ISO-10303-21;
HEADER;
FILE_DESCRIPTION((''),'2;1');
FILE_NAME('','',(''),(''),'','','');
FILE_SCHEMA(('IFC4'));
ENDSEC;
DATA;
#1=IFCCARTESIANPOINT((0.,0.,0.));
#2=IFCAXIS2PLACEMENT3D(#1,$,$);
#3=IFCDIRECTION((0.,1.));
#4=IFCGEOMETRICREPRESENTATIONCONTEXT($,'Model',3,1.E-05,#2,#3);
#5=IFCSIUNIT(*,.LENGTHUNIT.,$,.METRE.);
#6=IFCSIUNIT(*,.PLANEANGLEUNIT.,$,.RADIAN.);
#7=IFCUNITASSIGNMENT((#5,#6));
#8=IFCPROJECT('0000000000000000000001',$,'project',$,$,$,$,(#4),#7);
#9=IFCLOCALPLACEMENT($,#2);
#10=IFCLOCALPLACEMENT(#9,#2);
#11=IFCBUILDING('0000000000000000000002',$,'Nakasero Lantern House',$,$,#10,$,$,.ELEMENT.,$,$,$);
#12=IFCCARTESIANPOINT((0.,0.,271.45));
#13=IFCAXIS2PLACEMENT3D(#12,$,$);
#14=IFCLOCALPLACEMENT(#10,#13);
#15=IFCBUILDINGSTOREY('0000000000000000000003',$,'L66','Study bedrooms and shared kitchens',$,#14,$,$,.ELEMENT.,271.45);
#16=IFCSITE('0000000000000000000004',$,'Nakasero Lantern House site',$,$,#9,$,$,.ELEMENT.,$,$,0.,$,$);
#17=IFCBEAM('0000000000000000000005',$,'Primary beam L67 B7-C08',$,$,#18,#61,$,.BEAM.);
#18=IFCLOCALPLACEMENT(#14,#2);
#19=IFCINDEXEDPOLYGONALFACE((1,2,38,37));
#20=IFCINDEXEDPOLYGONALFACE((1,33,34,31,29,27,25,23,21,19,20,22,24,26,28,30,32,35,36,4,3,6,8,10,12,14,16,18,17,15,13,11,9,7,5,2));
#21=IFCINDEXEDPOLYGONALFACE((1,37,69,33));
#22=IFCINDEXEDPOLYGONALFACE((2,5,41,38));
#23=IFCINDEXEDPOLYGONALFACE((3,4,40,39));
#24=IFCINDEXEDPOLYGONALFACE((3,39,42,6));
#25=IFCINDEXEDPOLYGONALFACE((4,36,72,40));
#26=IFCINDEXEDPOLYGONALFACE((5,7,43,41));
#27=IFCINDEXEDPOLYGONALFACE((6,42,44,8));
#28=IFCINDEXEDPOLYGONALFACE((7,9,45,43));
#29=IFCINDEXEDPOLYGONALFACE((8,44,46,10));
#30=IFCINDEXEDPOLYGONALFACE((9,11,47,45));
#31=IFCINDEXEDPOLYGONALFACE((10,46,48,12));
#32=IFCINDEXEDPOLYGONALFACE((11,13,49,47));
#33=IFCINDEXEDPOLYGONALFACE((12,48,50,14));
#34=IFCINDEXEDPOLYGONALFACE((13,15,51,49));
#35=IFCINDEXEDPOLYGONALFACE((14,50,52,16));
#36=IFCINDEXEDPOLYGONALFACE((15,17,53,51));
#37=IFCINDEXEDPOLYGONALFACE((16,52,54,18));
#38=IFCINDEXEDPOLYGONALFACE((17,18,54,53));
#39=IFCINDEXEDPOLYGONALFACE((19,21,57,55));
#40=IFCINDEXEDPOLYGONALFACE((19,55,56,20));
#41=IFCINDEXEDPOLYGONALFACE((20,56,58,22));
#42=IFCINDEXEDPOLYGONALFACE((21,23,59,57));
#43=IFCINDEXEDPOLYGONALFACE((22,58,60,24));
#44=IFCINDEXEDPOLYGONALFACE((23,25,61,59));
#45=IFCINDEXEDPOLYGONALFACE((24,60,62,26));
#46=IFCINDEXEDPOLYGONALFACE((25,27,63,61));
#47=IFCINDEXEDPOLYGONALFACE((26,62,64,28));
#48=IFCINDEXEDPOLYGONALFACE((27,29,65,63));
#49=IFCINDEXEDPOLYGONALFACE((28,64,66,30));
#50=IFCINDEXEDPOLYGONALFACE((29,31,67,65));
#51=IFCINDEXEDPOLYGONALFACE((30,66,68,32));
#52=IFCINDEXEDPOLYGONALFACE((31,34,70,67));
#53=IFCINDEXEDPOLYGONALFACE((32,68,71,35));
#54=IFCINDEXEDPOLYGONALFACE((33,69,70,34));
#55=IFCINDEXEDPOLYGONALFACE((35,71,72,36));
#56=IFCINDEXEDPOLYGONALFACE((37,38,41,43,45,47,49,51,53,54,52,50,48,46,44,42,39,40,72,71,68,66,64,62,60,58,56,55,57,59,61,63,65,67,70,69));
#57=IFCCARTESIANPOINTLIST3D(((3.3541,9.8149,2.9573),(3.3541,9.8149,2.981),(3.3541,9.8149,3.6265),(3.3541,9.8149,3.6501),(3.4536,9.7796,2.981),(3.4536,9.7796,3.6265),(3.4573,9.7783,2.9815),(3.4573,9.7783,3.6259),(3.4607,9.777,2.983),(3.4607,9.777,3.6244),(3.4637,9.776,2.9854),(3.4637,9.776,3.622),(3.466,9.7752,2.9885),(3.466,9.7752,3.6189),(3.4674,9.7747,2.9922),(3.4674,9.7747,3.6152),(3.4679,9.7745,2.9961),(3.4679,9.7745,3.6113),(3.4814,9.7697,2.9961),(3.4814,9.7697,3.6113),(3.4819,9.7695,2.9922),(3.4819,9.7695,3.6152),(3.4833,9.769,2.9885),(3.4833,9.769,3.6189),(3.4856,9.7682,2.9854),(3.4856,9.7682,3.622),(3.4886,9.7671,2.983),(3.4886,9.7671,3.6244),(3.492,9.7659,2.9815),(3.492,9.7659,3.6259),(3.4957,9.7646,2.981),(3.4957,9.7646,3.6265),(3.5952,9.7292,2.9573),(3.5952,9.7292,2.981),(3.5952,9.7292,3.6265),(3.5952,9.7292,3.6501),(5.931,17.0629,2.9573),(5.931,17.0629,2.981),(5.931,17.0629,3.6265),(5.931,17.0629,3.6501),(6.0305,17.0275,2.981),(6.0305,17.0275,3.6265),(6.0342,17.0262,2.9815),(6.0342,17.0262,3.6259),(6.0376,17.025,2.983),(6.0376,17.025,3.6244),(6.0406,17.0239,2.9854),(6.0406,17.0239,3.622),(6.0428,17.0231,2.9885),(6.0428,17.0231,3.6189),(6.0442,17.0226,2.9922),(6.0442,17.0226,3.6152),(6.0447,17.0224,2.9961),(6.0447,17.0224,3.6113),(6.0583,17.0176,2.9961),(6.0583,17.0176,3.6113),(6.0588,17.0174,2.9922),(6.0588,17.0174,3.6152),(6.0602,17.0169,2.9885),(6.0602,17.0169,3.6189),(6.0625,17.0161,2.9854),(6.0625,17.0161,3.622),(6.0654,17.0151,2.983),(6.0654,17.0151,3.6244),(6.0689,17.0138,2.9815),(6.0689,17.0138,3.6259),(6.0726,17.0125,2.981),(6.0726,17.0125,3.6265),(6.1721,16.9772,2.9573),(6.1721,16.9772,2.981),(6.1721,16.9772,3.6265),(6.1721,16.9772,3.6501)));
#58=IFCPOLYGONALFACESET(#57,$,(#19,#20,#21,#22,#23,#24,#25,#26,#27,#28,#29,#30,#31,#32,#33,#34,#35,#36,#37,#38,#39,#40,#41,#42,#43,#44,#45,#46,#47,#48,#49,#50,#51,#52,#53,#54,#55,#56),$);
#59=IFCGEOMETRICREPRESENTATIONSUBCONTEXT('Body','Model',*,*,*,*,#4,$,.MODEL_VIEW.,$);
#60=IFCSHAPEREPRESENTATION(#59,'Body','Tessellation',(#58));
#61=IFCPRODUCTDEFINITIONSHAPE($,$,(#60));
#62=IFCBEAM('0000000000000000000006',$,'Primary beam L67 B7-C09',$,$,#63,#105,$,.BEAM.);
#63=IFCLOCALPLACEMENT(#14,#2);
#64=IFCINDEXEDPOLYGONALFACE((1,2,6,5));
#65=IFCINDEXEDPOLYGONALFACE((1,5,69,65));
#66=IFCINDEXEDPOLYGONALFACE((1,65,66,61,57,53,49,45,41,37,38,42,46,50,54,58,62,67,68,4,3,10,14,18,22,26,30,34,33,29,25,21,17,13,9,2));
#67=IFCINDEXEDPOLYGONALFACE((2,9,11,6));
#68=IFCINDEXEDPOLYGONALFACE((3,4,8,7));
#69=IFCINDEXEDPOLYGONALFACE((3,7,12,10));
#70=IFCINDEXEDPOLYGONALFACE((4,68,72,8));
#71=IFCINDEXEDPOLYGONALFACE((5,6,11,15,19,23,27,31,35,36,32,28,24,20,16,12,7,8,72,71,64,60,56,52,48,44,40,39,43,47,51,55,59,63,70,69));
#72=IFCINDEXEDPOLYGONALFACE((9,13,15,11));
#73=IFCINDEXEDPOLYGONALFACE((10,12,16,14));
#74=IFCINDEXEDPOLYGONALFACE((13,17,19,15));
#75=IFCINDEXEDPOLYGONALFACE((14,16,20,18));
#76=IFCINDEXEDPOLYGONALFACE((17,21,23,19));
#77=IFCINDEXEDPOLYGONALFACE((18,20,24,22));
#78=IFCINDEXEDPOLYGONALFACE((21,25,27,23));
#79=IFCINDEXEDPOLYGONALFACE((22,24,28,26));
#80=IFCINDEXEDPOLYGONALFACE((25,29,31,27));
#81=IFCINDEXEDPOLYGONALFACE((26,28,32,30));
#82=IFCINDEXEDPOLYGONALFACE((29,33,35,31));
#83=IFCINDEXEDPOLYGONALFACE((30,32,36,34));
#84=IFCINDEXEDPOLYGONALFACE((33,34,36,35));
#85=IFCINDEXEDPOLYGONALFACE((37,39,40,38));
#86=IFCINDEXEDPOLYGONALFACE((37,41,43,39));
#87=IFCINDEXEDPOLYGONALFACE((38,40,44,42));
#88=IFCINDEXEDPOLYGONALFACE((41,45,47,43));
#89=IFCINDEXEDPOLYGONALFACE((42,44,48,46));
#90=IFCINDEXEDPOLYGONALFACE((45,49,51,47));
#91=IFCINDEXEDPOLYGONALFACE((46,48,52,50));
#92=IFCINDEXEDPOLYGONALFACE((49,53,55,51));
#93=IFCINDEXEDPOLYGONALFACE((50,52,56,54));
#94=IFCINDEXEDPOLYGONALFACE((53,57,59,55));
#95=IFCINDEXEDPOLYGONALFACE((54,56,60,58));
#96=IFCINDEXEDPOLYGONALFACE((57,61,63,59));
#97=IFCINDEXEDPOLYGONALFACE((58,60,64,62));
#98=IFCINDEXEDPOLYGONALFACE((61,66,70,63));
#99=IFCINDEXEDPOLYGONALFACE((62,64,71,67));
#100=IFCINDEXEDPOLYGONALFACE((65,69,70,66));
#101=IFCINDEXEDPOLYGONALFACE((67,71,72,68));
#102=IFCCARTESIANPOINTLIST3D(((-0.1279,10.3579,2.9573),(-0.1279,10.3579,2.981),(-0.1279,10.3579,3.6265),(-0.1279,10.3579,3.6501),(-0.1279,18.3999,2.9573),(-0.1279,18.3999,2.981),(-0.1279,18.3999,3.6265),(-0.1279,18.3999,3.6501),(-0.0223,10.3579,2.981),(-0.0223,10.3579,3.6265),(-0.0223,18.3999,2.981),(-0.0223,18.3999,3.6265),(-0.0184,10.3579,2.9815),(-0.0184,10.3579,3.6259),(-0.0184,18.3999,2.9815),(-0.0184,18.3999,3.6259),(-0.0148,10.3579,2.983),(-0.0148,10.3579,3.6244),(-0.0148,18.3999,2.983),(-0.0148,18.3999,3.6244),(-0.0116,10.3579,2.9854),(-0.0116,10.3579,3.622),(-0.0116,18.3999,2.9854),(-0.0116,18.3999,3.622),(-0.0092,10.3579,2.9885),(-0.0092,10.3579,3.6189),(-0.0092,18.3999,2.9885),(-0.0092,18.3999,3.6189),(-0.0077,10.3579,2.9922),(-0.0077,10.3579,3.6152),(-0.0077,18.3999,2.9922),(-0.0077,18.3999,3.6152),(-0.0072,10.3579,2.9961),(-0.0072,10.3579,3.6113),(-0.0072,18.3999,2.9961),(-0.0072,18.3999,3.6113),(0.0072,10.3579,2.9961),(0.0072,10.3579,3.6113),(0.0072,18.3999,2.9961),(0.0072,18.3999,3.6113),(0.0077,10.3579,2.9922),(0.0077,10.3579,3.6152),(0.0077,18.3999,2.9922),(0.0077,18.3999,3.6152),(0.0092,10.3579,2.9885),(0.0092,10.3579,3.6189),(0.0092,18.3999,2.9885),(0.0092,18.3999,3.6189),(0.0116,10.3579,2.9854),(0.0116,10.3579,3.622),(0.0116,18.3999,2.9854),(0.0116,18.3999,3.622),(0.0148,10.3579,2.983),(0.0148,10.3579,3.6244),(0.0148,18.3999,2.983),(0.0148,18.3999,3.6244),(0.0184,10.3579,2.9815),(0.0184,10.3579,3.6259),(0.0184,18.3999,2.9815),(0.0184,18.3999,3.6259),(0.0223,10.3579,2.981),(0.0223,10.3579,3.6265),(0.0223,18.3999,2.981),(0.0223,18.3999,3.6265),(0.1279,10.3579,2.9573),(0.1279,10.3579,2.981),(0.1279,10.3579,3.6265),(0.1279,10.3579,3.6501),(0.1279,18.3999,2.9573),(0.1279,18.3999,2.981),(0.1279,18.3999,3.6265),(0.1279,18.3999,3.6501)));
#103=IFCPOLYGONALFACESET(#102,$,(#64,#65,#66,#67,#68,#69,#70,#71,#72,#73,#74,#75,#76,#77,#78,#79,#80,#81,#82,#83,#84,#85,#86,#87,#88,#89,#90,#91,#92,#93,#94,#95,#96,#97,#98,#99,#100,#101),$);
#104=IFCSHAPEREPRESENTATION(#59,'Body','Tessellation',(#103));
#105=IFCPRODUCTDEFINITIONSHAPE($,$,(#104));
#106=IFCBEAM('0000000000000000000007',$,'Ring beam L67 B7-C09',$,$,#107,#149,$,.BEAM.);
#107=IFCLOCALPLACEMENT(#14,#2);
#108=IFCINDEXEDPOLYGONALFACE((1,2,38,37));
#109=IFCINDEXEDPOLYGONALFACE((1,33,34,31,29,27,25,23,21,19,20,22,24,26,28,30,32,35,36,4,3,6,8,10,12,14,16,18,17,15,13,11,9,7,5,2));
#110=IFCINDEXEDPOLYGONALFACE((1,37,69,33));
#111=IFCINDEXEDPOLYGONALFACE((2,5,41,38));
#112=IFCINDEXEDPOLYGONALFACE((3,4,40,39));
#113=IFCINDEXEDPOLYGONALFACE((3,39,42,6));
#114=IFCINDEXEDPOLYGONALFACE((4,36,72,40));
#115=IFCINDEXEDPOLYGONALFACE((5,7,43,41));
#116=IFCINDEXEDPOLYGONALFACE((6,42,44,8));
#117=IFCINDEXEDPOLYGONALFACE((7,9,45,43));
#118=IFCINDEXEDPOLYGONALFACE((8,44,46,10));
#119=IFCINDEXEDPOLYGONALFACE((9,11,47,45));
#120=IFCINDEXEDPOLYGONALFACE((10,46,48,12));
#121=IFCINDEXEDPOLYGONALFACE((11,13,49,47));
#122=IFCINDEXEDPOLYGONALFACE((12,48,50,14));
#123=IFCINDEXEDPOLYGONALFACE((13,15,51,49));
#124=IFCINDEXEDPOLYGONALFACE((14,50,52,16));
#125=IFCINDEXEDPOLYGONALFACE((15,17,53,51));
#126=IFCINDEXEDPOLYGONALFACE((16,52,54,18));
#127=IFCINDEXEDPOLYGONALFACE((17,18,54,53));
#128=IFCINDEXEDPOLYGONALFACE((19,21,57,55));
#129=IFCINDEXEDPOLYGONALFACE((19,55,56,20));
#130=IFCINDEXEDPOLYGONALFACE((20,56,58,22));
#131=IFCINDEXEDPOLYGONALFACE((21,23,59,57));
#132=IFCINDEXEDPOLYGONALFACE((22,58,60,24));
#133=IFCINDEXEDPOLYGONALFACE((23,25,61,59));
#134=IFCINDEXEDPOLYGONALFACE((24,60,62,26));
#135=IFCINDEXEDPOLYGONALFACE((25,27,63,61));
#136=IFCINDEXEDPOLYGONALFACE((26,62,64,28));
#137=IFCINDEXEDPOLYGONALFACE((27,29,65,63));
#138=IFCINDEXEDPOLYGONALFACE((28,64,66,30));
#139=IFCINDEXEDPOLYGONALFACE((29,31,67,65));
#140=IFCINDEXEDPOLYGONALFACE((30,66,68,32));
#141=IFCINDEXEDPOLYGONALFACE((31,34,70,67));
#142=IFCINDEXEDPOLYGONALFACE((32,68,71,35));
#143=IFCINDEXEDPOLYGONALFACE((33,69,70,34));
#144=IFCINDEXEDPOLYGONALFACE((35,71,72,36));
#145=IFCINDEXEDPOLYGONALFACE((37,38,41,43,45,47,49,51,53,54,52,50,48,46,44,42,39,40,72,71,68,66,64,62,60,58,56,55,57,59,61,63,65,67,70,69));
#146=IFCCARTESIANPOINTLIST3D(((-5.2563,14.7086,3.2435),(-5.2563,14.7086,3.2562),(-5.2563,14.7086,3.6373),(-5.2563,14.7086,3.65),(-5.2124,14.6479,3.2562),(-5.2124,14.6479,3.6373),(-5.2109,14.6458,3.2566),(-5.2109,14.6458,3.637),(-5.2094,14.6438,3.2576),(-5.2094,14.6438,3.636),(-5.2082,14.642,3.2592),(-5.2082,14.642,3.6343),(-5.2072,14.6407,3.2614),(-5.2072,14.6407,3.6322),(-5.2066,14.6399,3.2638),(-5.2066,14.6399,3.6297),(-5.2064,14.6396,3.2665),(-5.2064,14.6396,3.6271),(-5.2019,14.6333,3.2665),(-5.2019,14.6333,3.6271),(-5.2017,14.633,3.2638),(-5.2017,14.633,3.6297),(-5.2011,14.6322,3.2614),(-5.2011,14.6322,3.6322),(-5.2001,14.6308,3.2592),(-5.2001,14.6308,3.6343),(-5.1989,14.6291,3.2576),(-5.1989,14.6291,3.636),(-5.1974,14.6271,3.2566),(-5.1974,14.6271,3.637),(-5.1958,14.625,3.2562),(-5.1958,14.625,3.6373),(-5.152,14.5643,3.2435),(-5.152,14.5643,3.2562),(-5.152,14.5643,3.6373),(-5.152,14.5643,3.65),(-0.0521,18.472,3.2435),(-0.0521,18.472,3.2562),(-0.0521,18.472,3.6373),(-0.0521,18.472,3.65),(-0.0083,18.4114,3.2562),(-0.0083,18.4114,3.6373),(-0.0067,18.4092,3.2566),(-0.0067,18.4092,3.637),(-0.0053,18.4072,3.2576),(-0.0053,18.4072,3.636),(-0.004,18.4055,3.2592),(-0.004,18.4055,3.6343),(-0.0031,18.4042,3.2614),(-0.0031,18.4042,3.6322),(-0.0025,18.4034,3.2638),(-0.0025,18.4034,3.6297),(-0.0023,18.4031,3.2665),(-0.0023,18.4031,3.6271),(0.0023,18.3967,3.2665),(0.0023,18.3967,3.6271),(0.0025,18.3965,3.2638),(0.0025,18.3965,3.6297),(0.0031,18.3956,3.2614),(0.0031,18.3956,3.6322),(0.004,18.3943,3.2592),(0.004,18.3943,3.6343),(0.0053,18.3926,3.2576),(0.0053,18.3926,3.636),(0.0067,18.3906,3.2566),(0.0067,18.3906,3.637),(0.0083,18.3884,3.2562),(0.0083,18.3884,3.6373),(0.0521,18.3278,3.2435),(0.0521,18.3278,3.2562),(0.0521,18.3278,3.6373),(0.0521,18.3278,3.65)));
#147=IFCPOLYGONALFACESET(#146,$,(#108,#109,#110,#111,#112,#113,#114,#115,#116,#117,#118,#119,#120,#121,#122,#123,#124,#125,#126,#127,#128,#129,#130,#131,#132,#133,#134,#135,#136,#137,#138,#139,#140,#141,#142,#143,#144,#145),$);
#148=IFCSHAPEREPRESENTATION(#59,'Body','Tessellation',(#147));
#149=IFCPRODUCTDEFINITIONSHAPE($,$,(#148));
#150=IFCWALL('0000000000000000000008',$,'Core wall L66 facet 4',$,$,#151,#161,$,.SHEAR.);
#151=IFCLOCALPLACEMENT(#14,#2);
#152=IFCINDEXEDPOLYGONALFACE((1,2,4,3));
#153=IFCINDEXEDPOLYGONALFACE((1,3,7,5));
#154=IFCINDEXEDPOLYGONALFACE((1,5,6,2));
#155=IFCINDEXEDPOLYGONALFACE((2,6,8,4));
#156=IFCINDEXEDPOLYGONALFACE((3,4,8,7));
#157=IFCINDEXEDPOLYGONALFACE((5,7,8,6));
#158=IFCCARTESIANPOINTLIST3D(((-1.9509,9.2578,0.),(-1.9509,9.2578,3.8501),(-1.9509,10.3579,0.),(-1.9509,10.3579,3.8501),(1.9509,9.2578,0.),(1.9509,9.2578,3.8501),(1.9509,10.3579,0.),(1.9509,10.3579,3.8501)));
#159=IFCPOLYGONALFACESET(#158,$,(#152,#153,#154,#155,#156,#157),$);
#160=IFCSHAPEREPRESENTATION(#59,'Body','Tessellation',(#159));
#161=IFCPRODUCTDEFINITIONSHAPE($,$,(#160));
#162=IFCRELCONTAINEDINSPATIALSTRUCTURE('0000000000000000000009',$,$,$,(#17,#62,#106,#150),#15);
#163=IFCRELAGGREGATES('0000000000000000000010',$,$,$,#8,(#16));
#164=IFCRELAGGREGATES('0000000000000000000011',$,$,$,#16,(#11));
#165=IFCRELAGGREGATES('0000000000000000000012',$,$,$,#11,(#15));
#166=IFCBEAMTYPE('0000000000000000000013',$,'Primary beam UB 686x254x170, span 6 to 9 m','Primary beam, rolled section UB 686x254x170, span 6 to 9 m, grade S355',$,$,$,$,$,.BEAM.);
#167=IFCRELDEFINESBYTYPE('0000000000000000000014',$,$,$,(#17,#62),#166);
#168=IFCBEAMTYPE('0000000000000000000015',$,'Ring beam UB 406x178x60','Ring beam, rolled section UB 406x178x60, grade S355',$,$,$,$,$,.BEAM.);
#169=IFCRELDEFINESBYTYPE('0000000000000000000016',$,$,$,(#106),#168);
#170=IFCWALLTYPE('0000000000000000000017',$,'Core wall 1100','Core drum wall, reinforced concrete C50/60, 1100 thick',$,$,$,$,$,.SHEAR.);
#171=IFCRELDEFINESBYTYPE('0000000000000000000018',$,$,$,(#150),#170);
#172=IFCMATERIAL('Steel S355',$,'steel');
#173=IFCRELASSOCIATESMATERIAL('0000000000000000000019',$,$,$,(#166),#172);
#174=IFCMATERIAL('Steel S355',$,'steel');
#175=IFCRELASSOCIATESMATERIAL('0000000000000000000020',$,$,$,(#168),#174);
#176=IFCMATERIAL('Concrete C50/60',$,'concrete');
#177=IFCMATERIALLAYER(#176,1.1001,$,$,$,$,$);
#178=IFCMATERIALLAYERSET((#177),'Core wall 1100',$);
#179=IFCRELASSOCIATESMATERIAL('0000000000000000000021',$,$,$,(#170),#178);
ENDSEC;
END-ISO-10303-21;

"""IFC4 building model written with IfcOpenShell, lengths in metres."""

from ifc_helpers import new_model, si_unit, direction, frame, frame_2d, origin, origin_2d, place, context, subcontext, project, spatial, rectangle, i_section, extrude, material, layer, layer_set, material_profile, profile_set, type_object, element, save


model = new_model("IFC4")

# Units and contexts
model_context = context("Model", 3, precision=1e-05, world=origin(), true_north=direction((0.0, 1.0)))
body_context = subcontext(model_context, "Body", "Model", "MODEL_VIEW")
ifc_project = project(units=[si_unit("LENGTHUNIT", "METRE"), si_unit("PLANEANGLEUNIT", "RADIAN")], contexts=[model_context])

# Site, building, storey
site_placement = place(None, origin())
site = spatial("IfcSite", under=ifc_project, at=site_placement, Name="Nakasero Lantern House site", CompositionType="ELEMENT", RefElevation=0.0)
building_placement = place(site_placement, origin())
building = spatial("IfcBuilding", under=site, at=building_placement, Name="Nakasero Lantern House", CompositionType="ELEMENT")
storey_placement = place(building_placement, frame((0.0, 0.0, 271.45)))
storey = spatial("IfcBuildingStorey", under=building, at=storey_placement, Name="L66", Description="Study bedrooms and shared kitchens", CompositionType="ELEMENT", Elevation=271.45)

# Beams
ifc_material_1 = material(Name="Steel S355", Category="steel")
ifc_material_profile_1 = material_profile(ifc_material_1, i_section(OverallWidth=0.2559, OverallDepth=0.6929, WebThickness=0.0144, FlangeThickness=0.0237, FilletRadius=0.0151, at=origin_2d()), Name="UB 686x254x170")
ifc_profile_set_1 = profile_set([ifc_material_profile_1], Name="Steel S355")
beam_type_1 = type_object("IfcBeamType", Name="Primary beam UB 686x254x170, span 6 to 9 m", Description="Primary beam, rolled section UB 686x254x170, span 6 to 9 m, grade S355", PredefinedType="BEAM", material=ifc_profile_set_1)
beam_1_placement = place(storey_placement, frame((6.0515, 17.02, 3.3037), z_axis=(-0.334989, -0.942222, 0.0), x_axis=(0.942222, -0.334989, 0.0)))
element("IfcBeam", 1, at=beam_1_placement, inside=storey, type_object=beam_type_1, Name="Primary beam L67 B7-C08", PredefinedType="BEAM", context=body_context, shape_type="SweptSolid", body=[
    extrude(i_section(OverallWidth=0.2559, OverallDepth=0.6929, WebThickness=0.0144, FlangeThickness=0.0237, FilletRadius=0.0151, at=origin_2d()), origin(), (0.0, 0.0, 1.0), 7.6924),
])
beam_2_placement = place(storey_placement, frame((0.0, 18.3999, 3.3037), z_axis=(0.0, -1.0, 0.0), x_axis=(1.0, 0.0, 0.0)))
element("IfcBeam", 2, at=beam_2_placement, inside=storey, type_object=beam_type_1, Name="Primary beam L67 B7-C09", PredefinedType="BEAM", context=body_context, shape_type="SweptSolid", body=[
    extrude(i_section(OverallWidth=0.2559, OverallDepth=0.6929, WebThickness=0.0144, FlangeThickness=0.0237, FilletRadius=0.0151, at=origin_2d()), origin(), (0.0, 0.0, 1.0), 8.042),
])
ifc_material_2 = material(Name="Steel S355", Category="steel")
ifc_material_profile_2 = material_profile(ifc_material_2, i_section(OverallWidth=0.178, OverallDepth=0.4065, WebThickness=0.0078, FlangeThickness=0.0127, FilletRadius=0.0103, at=origin_2d()), Name="UB 406x178x60")
ifc_profile_set_2 = profile_set([ifc_material_profile_2], Name="Steel S355")
beam_type_2 = type_object("IfcBeamType", Name="Ring beam UB 406x178x60", Description="Ring beam, rolled section UB 406x178x60, grade S355", PredefinedType="BEAM", material=ifc_profile_set_2)
beam_3_placement = place(storey_placement, frame((0.0, 18.3999, 3.4468), z_axis=(-0.810316, -0.585993, 0.0), x_axis=(0.585993, -0.810316, 0.0)))
element("IfcBeam", 3, at=beam_3_placement, inside=storey, type_object=beam_type_2, Name="Ring beam L67 B7-C09", PredefinedType="BEAM", context=body_context, shape_type="SweptSolid", body=[
    extrude(i_section(OverallWidth=0.178, OverallDepth=0.4065, WebThickness=0.0078, FlangeThickness=0.0127, FilletRadius=0.0103, at=origin_2d()), origin(), (0.0, 0.0, 1.0), 6.4224),
])

# Wall
ifc_material_3 = material(Name="Concrete C50/60", Category="concrete")
ifc_layer_1 = layer(ifc_material_3, 1.1001)
ifc_layer_set_1 = layer_set([ifc_layer_1], Name="Core wall 1100")
wall_type_1 = type_object("IfcWallType", Name="Core wall 1100", Description="Core drum wall, reinforced concrete C50/60, 1100 thick", PredefinedType="SHEAR", material=ifc_layer_set_1)
wall_1_placement = place(storey_placement, frame((1.9509, 9.8079, 0.0), z_axis=(0.0, 0.0, 1.0), x_axis=(-1.0, 0.0, 0.0)))
element("IfcWall", 4, at=wall_1_placement, inside=storey, type_object=wall_type_1, Name="Core wall L66 facet 4", PredefinedType="SHEAR", context=body_context, shape_type="SweptSolid", body=[
    extrude(rectangle(XDim=3.9019, YDim=1.1001, at=frame_2d((1.9509, 0.0))), origin(), (0.0, 0.0, 1.0), 3.8501),
])

save(model, "model.ifc")
